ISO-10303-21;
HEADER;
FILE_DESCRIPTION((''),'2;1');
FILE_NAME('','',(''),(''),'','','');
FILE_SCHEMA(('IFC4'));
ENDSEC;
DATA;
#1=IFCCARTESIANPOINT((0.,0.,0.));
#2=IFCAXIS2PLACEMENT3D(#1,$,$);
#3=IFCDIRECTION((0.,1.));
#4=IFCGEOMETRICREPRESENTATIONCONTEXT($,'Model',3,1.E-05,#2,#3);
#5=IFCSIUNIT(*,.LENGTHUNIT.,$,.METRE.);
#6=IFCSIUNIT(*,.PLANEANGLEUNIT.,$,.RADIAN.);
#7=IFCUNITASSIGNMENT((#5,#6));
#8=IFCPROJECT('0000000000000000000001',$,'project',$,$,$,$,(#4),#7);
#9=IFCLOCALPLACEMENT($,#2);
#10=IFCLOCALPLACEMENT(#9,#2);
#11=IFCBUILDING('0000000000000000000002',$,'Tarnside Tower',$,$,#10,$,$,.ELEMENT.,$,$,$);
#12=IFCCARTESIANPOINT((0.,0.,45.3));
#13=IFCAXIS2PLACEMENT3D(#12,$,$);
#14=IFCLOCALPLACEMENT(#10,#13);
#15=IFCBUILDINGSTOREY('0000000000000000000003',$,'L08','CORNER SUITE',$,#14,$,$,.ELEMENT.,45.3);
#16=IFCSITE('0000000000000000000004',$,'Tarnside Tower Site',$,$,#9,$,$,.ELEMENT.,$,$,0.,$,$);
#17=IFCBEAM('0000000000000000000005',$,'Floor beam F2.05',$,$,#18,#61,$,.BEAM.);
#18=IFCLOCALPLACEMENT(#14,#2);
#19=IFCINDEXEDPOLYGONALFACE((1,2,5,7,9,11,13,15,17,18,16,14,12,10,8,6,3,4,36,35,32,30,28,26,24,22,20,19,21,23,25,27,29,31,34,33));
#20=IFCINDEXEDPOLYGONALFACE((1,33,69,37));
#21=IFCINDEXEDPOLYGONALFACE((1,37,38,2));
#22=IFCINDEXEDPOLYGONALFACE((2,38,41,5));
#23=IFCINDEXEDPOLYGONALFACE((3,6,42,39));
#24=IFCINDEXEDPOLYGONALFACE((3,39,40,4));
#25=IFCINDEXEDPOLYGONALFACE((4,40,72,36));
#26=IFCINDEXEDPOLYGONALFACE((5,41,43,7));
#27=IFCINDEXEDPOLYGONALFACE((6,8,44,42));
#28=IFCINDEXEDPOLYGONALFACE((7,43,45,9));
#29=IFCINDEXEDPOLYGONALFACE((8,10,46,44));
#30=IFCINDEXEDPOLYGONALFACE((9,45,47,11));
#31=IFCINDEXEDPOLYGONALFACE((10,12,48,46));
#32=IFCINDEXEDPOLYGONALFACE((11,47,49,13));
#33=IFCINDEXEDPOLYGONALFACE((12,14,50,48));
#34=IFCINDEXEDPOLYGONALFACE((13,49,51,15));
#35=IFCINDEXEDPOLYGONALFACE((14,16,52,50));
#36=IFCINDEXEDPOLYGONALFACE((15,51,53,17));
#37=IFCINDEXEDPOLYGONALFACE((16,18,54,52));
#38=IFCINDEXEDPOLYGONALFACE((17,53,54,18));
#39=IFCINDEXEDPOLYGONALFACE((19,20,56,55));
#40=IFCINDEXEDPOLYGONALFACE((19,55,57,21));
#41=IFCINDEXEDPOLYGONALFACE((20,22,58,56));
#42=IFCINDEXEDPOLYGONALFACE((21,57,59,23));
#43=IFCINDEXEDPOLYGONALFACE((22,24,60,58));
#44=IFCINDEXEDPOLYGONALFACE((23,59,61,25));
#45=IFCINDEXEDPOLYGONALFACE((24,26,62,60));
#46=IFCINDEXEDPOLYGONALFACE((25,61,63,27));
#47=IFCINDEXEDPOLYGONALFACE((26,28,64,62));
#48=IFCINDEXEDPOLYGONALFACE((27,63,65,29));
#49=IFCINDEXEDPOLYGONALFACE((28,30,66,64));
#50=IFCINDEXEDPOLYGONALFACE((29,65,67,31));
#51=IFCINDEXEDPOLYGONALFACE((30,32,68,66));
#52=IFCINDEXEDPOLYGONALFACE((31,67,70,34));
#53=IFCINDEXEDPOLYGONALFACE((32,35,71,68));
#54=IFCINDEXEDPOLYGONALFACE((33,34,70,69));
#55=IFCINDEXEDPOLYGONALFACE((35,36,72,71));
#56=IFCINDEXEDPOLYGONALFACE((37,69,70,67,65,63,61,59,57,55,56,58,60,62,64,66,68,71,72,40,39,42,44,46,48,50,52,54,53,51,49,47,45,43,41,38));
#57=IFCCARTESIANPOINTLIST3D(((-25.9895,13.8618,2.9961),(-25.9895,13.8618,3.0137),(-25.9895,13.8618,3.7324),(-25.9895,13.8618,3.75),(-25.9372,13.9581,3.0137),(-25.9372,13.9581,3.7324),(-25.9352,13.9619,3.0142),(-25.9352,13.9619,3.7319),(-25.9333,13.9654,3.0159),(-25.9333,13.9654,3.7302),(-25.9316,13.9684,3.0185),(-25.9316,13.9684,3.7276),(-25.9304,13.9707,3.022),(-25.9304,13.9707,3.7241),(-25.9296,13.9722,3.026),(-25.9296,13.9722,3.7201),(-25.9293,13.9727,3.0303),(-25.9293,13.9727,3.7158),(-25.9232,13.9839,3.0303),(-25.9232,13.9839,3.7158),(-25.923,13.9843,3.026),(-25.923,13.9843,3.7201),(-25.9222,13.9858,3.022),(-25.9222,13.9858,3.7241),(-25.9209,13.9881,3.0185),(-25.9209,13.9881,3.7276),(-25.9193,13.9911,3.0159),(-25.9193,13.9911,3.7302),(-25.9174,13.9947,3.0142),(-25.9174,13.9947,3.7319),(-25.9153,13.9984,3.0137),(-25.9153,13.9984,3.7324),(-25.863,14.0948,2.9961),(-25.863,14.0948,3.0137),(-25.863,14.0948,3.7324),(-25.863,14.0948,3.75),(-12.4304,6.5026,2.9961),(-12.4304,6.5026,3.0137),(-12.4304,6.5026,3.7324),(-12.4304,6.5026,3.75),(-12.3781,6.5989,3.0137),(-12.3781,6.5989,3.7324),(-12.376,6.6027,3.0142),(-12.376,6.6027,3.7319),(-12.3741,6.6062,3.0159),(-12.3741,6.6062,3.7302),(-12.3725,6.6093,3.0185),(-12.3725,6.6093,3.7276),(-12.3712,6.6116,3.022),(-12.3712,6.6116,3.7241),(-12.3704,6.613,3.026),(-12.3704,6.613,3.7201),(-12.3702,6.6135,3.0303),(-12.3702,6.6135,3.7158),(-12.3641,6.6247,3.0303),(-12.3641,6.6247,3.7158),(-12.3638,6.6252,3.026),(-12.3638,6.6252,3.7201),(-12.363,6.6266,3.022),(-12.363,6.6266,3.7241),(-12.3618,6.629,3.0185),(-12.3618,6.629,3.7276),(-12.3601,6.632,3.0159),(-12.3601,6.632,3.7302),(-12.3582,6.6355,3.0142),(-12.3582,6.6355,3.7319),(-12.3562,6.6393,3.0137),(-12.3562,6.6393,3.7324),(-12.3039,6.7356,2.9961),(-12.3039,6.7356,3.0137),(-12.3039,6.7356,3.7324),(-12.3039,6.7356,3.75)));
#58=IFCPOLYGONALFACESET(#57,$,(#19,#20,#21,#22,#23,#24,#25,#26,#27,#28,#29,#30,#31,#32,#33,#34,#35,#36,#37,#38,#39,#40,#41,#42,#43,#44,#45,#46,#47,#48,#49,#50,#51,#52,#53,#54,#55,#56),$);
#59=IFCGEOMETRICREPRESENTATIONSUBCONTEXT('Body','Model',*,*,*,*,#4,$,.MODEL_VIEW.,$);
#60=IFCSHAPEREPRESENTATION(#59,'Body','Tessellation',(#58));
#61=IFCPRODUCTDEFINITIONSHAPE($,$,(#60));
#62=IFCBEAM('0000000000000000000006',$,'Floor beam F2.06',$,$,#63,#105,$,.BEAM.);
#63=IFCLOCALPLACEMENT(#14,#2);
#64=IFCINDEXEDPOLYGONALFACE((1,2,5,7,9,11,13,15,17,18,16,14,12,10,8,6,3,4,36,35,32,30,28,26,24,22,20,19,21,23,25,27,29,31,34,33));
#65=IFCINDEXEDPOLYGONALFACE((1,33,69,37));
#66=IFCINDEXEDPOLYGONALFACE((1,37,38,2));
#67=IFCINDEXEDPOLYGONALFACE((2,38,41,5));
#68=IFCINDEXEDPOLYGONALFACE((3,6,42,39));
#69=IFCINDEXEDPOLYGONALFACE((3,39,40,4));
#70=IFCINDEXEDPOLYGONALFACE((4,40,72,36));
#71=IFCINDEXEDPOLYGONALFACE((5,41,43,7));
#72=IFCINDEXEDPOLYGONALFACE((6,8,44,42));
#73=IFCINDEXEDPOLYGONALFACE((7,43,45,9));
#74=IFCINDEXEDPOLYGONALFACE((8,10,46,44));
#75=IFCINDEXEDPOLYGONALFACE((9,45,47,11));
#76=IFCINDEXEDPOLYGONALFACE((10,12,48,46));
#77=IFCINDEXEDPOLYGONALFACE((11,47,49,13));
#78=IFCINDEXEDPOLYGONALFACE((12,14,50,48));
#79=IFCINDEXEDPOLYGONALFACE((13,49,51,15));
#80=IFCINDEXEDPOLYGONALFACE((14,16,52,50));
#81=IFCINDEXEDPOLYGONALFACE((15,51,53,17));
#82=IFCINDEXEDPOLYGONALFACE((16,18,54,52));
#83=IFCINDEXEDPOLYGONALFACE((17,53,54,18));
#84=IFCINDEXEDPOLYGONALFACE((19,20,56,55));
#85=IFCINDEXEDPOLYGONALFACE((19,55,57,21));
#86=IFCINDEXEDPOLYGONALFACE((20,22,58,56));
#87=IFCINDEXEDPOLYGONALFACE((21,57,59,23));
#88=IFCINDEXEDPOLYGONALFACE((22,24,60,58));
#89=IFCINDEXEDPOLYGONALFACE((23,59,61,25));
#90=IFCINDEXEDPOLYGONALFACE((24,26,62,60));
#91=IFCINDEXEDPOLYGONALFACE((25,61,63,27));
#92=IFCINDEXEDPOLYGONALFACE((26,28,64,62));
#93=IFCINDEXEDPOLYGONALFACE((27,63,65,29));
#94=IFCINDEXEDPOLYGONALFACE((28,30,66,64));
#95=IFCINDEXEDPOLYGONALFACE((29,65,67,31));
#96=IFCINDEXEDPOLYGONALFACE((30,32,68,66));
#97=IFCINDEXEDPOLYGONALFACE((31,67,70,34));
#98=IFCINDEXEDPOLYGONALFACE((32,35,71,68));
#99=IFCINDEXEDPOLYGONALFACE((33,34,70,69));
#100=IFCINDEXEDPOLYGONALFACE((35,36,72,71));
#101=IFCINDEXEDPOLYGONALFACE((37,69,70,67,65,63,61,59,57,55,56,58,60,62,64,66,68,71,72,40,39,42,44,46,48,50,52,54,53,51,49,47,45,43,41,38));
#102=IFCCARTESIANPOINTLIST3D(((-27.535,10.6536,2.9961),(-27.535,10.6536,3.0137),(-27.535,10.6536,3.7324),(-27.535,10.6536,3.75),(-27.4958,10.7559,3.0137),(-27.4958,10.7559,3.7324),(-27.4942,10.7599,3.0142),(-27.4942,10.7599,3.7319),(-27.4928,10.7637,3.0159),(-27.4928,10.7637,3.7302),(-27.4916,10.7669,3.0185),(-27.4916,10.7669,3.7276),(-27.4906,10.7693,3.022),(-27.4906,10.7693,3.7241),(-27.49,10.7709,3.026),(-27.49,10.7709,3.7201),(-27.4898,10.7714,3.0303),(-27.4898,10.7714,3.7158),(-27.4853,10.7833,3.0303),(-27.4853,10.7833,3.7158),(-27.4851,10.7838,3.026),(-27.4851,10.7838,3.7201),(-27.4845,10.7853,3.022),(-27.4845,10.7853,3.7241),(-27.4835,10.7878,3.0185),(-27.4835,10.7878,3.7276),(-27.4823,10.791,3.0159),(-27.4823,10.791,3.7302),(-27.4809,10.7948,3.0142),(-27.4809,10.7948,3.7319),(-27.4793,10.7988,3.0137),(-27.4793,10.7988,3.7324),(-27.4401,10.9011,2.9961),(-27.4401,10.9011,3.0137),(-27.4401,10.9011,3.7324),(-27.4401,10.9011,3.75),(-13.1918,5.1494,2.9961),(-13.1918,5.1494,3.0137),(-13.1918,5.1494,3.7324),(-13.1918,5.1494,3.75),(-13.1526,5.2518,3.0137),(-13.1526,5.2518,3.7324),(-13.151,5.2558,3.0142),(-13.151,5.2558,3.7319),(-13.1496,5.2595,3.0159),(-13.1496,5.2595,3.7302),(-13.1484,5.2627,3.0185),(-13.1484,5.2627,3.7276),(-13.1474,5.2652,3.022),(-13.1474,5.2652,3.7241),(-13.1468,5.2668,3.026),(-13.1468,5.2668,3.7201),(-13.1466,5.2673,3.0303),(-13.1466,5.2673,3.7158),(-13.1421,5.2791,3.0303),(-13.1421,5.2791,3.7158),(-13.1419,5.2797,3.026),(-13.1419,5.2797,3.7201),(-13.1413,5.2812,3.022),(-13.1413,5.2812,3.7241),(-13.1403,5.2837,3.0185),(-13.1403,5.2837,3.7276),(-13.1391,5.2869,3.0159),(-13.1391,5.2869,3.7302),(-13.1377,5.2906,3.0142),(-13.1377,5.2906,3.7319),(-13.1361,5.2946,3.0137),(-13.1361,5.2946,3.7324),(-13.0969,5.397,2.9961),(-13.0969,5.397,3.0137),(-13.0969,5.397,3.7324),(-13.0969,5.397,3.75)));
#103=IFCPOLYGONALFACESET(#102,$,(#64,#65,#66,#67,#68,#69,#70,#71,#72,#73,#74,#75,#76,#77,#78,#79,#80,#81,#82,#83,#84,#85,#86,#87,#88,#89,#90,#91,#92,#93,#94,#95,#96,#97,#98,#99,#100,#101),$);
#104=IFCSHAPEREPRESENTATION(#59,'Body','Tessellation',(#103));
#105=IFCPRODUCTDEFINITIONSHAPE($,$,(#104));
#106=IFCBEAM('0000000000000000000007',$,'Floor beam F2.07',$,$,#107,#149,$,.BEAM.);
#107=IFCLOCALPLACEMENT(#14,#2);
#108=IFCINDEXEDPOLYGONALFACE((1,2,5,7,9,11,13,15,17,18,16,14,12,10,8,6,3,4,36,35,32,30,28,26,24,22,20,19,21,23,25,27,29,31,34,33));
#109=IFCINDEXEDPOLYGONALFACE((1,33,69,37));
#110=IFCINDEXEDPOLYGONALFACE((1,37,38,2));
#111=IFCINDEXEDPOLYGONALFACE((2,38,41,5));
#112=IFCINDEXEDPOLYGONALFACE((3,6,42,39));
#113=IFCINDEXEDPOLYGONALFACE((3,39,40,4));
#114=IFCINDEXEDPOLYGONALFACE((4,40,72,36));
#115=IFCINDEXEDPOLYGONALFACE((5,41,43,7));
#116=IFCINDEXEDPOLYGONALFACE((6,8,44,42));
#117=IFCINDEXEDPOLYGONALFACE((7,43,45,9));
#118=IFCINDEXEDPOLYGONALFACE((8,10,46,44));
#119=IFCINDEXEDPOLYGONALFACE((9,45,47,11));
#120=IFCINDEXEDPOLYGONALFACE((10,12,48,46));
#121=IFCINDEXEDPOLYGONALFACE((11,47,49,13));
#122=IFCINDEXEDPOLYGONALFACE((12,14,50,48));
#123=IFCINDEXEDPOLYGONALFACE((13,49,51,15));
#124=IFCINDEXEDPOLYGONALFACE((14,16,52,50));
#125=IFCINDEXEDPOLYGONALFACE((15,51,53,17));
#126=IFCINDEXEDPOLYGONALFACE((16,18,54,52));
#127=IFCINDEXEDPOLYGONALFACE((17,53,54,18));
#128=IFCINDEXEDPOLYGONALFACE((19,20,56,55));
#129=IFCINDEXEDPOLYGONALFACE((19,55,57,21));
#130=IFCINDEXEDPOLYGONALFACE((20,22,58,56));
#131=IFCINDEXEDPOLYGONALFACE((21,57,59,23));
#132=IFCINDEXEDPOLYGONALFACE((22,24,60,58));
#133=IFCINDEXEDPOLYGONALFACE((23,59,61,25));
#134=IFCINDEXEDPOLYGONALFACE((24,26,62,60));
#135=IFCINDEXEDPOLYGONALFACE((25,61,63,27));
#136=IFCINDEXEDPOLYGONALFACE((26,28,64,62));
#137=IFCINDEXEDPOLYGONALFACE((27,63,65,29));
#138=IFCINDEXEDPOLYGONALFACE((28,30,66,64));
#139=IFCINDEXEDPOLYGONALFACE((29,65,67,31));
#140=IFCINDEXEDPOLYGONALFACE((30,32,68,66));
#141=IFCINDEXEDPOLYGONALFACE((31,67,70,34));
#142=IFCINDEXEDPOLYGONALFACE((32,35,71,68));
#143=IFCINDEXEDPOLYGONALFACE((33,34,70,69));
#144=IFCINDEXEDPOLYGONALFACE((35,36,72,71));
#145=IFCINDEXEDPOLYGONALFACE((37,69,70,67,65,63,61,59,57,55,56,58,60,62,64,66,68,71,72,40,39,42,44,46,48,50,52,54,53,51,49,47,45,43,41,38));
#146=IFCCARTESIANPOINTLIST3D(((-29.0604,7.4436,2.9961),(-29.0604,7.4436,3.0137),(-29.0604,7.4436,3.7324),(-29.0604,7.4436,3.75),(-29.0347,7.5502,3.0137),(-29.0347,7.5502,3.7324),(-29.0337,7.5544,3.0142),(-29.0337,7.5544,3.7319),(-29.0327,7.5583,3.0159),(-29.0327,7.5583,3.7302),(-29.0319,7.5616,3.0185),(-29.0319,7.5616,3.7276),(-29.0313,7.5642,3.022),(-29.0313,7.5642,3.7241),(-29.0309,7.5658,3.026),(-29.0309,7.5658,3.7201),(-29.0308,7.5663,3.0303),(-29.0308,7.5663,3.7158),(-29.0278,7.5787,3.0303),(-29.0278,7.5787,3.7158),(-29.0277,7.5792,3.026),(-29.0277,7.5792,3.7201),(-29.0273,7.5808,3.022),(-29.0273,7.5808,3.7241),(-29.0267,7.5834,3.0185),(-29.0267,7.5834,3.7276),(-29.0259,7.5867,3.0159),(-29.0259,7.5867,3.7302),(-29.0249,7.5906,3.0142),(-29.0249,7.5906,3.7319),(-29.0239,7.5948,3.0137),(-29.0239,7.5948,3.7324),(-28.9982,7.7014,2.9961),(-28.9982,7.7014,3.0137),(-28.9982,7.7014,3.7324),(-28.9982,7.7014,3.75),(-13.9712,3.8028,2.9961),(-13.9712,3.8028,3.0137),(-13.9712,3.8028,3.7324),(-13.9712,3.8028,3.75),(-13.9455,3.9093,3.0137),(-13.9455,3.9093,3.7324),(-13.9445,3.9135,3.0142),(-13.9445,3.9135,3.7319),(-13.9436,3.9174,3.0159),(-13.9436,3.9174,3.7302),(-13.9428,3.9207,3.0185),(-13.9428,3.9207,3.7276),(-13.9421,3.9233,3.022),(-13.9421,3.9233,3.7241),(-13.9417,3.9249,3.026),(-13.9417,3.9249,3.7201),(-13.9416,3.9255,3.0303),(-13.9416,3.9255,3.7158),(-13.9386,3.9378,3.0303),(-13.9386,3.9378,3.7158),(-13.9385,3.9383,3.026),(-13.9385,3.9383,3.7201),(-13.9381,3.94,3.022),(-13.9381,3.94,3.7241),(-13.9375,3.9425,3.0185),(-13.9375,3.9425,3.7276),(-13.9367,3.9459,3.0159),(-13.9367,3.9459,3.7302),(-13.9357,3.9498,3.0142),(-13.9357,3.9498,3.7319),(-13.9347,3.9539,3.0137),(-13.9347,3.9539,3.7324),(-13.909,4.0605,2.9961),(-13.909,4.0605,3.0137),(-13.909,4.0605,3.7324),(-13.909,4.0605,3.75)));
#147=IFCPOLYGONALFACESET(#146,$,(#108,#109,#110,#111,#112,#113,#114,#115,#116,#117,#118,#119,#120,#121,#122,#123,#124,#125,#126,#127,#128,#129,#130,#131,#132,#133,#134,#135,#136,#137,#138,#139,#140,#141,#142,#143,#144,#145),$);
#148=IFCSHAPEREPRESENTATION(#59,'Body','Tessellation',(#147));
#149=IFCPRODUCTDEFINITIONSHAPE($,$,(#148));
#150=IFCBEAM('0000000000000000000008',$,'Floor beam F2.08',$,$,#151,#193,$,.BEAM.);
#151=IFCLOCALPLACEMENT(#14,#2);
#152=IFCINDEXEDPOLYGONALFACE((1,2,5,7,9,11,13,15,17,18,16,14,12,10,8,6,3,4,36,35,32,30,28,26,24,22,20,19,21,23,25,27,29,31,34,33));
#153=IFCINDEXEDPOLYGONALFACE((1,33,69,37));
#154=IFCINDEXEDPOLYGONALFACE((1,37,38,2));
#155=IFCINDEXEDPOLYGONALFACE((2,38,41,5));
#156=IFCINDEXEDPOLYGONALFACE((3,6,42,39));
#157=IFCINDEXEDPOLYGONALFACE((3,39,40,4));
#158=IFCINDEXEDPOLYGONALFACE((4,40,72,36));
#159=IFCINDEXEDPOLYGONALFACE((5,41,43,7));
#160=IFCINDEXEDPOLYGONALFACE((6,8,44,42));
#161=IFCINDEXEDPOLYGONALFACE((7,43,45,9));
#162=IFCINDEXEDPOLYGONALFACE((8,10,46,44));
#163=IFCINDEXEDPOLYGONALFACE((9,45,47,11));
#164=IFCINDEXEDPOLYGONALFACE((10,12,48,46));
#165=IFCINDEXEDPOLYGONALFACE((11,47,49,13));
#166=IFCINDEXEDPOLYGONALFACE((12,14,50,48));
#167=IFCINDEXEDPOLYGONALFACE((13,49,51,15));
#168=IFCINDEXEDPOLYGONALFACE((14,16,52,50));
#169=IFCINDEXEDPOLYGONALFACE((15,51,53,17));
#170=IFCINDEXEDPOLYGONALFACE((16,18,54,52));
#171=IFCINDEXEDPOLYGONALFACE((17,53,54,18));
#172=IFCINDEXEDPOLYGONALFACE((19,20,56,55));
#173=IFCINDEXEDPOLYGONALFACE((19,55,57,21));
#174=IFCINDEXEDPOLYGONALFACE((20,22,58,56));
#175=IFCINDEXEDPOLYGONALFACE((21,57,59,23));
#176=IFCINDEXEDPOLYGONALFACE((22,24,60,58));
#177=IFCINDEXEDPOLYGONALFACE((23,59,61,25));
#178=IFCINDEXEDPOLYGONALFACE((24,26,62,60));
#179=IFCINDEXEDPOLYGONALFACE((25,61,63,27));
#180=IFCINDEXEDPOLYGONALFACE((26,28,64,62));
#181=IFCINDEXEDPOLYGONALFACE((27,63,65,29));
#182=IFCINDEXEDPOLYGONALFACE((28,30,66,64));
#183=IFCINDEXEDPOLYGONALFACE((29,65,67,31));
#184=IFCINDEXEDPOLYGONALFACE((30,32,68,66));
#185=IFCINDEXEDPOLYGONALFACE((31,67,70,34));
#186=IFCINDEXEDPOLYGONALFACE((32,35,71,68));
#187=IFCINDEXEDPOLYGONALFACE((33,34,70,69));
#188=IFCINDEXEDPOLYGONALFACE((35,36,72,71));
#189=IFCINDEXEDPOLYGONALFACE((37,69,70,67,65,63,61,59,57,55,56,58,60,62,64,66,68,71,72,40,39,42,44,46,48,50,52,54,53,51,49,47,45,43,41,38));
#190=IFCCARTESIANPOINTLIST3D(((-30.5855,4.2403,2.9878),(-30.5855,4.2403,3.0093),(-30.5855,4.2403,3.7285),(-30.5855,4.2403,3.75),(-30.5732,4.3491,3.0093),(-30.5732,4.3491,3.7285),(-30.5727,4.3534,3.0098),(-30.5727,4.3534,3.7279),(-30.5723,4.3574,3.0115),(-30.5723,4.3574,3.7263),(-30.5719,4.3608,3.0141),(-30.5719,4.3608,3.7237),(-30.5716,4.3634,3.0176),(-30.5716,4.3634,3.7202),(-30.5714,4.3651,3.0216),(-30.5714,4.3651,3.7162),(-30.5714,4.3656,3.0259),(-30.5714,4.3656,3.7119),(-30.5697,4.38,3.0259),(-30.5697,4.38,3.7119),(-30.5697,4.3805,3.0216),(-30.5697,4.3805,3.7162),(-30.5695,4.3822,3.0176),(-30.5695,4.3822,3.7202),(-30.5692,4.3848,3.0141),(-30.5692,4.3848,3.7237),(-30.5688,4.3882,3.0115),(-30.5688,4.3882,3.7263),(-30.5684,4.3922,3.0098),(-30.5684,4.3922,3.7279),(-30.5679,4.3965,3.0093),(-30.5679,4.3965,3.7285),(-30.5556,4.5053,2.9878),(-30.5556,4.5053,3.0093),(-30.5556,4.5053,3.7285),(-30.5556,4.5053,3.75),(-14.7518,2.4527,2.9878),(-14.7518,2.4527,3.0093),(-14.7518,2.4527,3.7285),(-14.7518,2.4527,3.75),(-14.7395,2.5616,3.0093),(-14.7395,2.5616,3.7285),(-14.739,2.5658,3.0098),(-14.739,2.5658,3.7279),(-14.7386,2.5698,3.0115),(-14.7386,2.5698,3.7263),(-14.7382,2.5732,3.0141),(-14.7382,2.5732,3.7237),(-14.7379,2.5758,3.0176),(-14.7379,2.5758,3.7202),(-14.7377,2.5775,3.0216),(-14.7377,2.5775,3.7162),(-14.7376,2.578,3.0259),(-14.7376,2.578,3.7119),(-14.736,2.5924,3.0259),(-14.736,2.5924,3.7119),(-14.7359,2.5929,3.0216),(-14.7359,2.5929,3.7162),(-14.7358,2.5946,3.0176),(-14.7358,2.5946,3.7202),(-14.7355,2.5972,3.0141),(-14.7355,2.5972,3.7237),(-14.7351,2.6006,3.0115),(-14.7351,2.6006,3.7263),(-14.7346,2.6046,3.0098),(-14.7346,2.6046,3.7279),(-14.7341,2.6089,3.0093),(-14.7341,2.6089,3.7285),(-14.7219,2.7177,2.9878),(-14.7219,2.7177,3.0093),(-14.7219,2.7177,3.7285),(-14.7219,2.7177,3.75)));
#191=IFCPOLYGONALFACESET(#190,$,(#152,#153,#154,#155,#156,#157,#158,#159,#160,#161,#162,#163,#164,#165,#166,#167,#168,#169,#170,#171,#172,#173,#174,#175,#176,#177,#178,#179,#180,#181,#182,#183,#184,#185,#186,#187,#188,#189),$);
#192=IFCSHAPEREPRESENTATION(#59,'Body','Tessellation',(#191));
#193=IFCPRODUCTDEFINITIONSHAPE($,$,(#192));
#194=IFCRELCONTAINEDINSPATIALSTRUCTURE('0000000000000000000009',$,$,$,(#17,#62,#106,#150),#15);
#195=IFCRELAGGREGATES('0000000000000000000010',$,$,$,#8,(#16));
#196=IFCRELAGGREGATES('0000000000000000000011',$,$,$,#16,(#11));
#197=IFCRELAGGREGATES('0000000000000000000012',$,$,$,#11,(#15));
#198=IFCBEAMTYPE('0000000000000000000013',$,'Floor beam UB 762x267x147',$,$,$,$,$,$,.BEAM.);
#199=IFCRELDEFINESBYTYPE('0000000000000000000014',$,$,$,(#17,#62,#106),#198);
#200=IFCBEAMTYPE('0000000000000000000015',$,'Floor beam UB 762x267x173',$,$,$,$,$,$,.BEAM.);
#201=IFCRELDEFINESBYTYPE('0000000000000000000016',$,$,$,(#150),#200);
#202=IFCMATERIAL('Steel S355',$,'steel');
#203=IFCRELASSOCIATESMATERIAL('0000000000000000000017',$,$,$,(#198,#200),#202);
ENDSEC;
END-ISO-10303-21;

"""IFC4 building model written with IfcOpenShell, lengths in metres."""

from ifc_helpers import new_model, si_unit, direction, frame, origin, origin_2d, place, context, subcontext, project, spatial, i_section, extrude, material, material_profile, profile_set, type_object, element, save


model = new_model("IFC4")

# Units and contexts
model_context = context("Model", 3, precision=1e-05, world=origin(), true_north=direction((0.0, 1.0)))
body_context = subcontext(model_context, "Body", "Model", "MODEL_VIEW")
ifc_project = project(units=[si_unit("LENGTHUNIT", "METRE"), si_unit("PLANEANGLEUNIT", "RADIAN")], contexts=[model_context])

# Site, building, storey
site_placement = place(None, origin())
site = spatial("IfcSite", under=ifc_project, at=site_placement, Name="Tarnside Tower Site", CompositionType="ELEMENT", RefElevation=0.0)
building_placement = place(site_placement, origin())
building = spatial("IfcBuilding", under=site, at=building_placement, Name="Tarnside Tower", CompositionType="ELEMENT")
storey_placement = place(building_placement, frame((0.0, 0.0, 45.3)))
storey = spatial("IfcBuildingStorey", under=building, at=storey_placement, Name="L08", Description="CORNER SUITE", CompositionType="ELEMENT", Elevation=45.3)

# Beams
ifc_material_1 = material(Name="Steel S355", Category="steel")
ifc_material_profile_1 = material_profile(ifc_material_1, i_section(OverallWidth=0.2651, OverallDepth=0.7539, WebThickness=0.0127, FlangeThickness=0.0176, FilletRadius=0.0166, at=origin_2d()), Name="UB 762x267x147")
ifc_profile_set_1 = profile_set([ifc_material_profile_1], Name="Steel S355")
beam_type_1 = type_object("IfcBeamType", Name="Floor beam UB 762x267x147", PredefinedType="BEAM", material=ifc_profile_set_1)
beam_1_placement = place(storey_placement, frame((-25.9263, 13.9783, 3.373), z_axis=(0.878895, -0.477016, 0.0), x_axis=(0.477016, 0.878895, 0.0)))
element("IfcBeam", 1, at=beam_1_placement, inside=storey, type_object=beam_type_1, Name="Floor beam F2.05", PredefinedType="BEAM", context=body_context, shape_type="SweptSolid", body=[
    extrude(i_section(OverallWidth=0.2651, OverallDepth=0.7539, WebThickness=0.0127, FlangeThickness=0.0176, FilletRadius=0.0166, at=origin_2d()), origin(), (0.0, 0.0, 1.0), 15.4275),
])
beam_2_placement = place(storey_placement, frame((-27.4875, 10.7773, 3.373), z_axis=(0.933618, -0.358271, 0.0), x_axis=(0.358271, 0.933618, 0.0)))
element("IfcBeam", 2, at=beam_2_placement, inside=storey, type_object=beam_type_1, Name="Floor beam F2.06", PredefinedType="BEAM", context=body_context, shape_type="SweptSolid", body=[
    extrude(i_section(OverallWidth=0.2651, OverallDepth=0.7539, WebThickness=0.0127, FlangeThickness=0.0176, FilletRadius=0.0166, at=origin_2d()), origin(), (0.0, 0.0, 1.0), 15.363),
])
beam_3_placement = place(storey_placement, frame((-29.0293, 7.5725, 3.373), z_axis=(0.972102, -0.23456, 0.0), x_axis=(0.23456, 0.972102, 0.0)))
element("IfcBeam", 3, at=beam_3_placement, inside=storey, type_object=beam_type_1, Name="Floor beam F2.07", PredefinedType="BEAM", context=body_context, shape_type="SweptSolid", body=[
    extrude(i_section(OverallWidth=0.2651, OverallDepth=0.7539, WebThickness=0.0127, FlangeThickness=0.0176, FilletRadius=0.0166, at=origin_2d()), origin(), (0.0, 0.0, 1.0), 15.5222),
])
ifc_material_profile_2 = material_profile(ifc_material_1, i_section(OverallWidth=0.2666, OverallDepth=0.7622, WebThickness=0.0144, FlangeThickness=0.0215, FilletRadius=0.0166, at=origin_2d()), Name="UB 762x267x173")
ifc_profile_set_2 = profile_set([ifc_material_profile_2], Name="Steel S355")
beam_type_2 = type_object("IfcBeamType", Name="Floor beam UB 762x267x173", PredefinedType="BEAM", material=ifc_profile_set_2)
beam_4_placement = place(storey_placement, frame((-30.5706, 4.3728, 3.3689), z_axis=(0.993687, -0.112185, 0.0), x_axis=(0.112185, 0.993687, 0.0)))
element("IfcBeam", 4, at=beam_4_placement, inside=storey, type_object=beam_type_2, Name="Floor beam F2.08", PredefinedType="BEAM", context=body_context, shape_type="SweptSolid", body=[
    extrude(i_section(OverallWidth=0.2666, OverallDepth=0.7622, WebThickness=0.0144, FlangeThickness=0.0215, FilletRadius=0.0166, at=origin_2d()), origin(), (0.0, 0.0, 1.0), 15.9343),
])

save(model, "model.ifc")
